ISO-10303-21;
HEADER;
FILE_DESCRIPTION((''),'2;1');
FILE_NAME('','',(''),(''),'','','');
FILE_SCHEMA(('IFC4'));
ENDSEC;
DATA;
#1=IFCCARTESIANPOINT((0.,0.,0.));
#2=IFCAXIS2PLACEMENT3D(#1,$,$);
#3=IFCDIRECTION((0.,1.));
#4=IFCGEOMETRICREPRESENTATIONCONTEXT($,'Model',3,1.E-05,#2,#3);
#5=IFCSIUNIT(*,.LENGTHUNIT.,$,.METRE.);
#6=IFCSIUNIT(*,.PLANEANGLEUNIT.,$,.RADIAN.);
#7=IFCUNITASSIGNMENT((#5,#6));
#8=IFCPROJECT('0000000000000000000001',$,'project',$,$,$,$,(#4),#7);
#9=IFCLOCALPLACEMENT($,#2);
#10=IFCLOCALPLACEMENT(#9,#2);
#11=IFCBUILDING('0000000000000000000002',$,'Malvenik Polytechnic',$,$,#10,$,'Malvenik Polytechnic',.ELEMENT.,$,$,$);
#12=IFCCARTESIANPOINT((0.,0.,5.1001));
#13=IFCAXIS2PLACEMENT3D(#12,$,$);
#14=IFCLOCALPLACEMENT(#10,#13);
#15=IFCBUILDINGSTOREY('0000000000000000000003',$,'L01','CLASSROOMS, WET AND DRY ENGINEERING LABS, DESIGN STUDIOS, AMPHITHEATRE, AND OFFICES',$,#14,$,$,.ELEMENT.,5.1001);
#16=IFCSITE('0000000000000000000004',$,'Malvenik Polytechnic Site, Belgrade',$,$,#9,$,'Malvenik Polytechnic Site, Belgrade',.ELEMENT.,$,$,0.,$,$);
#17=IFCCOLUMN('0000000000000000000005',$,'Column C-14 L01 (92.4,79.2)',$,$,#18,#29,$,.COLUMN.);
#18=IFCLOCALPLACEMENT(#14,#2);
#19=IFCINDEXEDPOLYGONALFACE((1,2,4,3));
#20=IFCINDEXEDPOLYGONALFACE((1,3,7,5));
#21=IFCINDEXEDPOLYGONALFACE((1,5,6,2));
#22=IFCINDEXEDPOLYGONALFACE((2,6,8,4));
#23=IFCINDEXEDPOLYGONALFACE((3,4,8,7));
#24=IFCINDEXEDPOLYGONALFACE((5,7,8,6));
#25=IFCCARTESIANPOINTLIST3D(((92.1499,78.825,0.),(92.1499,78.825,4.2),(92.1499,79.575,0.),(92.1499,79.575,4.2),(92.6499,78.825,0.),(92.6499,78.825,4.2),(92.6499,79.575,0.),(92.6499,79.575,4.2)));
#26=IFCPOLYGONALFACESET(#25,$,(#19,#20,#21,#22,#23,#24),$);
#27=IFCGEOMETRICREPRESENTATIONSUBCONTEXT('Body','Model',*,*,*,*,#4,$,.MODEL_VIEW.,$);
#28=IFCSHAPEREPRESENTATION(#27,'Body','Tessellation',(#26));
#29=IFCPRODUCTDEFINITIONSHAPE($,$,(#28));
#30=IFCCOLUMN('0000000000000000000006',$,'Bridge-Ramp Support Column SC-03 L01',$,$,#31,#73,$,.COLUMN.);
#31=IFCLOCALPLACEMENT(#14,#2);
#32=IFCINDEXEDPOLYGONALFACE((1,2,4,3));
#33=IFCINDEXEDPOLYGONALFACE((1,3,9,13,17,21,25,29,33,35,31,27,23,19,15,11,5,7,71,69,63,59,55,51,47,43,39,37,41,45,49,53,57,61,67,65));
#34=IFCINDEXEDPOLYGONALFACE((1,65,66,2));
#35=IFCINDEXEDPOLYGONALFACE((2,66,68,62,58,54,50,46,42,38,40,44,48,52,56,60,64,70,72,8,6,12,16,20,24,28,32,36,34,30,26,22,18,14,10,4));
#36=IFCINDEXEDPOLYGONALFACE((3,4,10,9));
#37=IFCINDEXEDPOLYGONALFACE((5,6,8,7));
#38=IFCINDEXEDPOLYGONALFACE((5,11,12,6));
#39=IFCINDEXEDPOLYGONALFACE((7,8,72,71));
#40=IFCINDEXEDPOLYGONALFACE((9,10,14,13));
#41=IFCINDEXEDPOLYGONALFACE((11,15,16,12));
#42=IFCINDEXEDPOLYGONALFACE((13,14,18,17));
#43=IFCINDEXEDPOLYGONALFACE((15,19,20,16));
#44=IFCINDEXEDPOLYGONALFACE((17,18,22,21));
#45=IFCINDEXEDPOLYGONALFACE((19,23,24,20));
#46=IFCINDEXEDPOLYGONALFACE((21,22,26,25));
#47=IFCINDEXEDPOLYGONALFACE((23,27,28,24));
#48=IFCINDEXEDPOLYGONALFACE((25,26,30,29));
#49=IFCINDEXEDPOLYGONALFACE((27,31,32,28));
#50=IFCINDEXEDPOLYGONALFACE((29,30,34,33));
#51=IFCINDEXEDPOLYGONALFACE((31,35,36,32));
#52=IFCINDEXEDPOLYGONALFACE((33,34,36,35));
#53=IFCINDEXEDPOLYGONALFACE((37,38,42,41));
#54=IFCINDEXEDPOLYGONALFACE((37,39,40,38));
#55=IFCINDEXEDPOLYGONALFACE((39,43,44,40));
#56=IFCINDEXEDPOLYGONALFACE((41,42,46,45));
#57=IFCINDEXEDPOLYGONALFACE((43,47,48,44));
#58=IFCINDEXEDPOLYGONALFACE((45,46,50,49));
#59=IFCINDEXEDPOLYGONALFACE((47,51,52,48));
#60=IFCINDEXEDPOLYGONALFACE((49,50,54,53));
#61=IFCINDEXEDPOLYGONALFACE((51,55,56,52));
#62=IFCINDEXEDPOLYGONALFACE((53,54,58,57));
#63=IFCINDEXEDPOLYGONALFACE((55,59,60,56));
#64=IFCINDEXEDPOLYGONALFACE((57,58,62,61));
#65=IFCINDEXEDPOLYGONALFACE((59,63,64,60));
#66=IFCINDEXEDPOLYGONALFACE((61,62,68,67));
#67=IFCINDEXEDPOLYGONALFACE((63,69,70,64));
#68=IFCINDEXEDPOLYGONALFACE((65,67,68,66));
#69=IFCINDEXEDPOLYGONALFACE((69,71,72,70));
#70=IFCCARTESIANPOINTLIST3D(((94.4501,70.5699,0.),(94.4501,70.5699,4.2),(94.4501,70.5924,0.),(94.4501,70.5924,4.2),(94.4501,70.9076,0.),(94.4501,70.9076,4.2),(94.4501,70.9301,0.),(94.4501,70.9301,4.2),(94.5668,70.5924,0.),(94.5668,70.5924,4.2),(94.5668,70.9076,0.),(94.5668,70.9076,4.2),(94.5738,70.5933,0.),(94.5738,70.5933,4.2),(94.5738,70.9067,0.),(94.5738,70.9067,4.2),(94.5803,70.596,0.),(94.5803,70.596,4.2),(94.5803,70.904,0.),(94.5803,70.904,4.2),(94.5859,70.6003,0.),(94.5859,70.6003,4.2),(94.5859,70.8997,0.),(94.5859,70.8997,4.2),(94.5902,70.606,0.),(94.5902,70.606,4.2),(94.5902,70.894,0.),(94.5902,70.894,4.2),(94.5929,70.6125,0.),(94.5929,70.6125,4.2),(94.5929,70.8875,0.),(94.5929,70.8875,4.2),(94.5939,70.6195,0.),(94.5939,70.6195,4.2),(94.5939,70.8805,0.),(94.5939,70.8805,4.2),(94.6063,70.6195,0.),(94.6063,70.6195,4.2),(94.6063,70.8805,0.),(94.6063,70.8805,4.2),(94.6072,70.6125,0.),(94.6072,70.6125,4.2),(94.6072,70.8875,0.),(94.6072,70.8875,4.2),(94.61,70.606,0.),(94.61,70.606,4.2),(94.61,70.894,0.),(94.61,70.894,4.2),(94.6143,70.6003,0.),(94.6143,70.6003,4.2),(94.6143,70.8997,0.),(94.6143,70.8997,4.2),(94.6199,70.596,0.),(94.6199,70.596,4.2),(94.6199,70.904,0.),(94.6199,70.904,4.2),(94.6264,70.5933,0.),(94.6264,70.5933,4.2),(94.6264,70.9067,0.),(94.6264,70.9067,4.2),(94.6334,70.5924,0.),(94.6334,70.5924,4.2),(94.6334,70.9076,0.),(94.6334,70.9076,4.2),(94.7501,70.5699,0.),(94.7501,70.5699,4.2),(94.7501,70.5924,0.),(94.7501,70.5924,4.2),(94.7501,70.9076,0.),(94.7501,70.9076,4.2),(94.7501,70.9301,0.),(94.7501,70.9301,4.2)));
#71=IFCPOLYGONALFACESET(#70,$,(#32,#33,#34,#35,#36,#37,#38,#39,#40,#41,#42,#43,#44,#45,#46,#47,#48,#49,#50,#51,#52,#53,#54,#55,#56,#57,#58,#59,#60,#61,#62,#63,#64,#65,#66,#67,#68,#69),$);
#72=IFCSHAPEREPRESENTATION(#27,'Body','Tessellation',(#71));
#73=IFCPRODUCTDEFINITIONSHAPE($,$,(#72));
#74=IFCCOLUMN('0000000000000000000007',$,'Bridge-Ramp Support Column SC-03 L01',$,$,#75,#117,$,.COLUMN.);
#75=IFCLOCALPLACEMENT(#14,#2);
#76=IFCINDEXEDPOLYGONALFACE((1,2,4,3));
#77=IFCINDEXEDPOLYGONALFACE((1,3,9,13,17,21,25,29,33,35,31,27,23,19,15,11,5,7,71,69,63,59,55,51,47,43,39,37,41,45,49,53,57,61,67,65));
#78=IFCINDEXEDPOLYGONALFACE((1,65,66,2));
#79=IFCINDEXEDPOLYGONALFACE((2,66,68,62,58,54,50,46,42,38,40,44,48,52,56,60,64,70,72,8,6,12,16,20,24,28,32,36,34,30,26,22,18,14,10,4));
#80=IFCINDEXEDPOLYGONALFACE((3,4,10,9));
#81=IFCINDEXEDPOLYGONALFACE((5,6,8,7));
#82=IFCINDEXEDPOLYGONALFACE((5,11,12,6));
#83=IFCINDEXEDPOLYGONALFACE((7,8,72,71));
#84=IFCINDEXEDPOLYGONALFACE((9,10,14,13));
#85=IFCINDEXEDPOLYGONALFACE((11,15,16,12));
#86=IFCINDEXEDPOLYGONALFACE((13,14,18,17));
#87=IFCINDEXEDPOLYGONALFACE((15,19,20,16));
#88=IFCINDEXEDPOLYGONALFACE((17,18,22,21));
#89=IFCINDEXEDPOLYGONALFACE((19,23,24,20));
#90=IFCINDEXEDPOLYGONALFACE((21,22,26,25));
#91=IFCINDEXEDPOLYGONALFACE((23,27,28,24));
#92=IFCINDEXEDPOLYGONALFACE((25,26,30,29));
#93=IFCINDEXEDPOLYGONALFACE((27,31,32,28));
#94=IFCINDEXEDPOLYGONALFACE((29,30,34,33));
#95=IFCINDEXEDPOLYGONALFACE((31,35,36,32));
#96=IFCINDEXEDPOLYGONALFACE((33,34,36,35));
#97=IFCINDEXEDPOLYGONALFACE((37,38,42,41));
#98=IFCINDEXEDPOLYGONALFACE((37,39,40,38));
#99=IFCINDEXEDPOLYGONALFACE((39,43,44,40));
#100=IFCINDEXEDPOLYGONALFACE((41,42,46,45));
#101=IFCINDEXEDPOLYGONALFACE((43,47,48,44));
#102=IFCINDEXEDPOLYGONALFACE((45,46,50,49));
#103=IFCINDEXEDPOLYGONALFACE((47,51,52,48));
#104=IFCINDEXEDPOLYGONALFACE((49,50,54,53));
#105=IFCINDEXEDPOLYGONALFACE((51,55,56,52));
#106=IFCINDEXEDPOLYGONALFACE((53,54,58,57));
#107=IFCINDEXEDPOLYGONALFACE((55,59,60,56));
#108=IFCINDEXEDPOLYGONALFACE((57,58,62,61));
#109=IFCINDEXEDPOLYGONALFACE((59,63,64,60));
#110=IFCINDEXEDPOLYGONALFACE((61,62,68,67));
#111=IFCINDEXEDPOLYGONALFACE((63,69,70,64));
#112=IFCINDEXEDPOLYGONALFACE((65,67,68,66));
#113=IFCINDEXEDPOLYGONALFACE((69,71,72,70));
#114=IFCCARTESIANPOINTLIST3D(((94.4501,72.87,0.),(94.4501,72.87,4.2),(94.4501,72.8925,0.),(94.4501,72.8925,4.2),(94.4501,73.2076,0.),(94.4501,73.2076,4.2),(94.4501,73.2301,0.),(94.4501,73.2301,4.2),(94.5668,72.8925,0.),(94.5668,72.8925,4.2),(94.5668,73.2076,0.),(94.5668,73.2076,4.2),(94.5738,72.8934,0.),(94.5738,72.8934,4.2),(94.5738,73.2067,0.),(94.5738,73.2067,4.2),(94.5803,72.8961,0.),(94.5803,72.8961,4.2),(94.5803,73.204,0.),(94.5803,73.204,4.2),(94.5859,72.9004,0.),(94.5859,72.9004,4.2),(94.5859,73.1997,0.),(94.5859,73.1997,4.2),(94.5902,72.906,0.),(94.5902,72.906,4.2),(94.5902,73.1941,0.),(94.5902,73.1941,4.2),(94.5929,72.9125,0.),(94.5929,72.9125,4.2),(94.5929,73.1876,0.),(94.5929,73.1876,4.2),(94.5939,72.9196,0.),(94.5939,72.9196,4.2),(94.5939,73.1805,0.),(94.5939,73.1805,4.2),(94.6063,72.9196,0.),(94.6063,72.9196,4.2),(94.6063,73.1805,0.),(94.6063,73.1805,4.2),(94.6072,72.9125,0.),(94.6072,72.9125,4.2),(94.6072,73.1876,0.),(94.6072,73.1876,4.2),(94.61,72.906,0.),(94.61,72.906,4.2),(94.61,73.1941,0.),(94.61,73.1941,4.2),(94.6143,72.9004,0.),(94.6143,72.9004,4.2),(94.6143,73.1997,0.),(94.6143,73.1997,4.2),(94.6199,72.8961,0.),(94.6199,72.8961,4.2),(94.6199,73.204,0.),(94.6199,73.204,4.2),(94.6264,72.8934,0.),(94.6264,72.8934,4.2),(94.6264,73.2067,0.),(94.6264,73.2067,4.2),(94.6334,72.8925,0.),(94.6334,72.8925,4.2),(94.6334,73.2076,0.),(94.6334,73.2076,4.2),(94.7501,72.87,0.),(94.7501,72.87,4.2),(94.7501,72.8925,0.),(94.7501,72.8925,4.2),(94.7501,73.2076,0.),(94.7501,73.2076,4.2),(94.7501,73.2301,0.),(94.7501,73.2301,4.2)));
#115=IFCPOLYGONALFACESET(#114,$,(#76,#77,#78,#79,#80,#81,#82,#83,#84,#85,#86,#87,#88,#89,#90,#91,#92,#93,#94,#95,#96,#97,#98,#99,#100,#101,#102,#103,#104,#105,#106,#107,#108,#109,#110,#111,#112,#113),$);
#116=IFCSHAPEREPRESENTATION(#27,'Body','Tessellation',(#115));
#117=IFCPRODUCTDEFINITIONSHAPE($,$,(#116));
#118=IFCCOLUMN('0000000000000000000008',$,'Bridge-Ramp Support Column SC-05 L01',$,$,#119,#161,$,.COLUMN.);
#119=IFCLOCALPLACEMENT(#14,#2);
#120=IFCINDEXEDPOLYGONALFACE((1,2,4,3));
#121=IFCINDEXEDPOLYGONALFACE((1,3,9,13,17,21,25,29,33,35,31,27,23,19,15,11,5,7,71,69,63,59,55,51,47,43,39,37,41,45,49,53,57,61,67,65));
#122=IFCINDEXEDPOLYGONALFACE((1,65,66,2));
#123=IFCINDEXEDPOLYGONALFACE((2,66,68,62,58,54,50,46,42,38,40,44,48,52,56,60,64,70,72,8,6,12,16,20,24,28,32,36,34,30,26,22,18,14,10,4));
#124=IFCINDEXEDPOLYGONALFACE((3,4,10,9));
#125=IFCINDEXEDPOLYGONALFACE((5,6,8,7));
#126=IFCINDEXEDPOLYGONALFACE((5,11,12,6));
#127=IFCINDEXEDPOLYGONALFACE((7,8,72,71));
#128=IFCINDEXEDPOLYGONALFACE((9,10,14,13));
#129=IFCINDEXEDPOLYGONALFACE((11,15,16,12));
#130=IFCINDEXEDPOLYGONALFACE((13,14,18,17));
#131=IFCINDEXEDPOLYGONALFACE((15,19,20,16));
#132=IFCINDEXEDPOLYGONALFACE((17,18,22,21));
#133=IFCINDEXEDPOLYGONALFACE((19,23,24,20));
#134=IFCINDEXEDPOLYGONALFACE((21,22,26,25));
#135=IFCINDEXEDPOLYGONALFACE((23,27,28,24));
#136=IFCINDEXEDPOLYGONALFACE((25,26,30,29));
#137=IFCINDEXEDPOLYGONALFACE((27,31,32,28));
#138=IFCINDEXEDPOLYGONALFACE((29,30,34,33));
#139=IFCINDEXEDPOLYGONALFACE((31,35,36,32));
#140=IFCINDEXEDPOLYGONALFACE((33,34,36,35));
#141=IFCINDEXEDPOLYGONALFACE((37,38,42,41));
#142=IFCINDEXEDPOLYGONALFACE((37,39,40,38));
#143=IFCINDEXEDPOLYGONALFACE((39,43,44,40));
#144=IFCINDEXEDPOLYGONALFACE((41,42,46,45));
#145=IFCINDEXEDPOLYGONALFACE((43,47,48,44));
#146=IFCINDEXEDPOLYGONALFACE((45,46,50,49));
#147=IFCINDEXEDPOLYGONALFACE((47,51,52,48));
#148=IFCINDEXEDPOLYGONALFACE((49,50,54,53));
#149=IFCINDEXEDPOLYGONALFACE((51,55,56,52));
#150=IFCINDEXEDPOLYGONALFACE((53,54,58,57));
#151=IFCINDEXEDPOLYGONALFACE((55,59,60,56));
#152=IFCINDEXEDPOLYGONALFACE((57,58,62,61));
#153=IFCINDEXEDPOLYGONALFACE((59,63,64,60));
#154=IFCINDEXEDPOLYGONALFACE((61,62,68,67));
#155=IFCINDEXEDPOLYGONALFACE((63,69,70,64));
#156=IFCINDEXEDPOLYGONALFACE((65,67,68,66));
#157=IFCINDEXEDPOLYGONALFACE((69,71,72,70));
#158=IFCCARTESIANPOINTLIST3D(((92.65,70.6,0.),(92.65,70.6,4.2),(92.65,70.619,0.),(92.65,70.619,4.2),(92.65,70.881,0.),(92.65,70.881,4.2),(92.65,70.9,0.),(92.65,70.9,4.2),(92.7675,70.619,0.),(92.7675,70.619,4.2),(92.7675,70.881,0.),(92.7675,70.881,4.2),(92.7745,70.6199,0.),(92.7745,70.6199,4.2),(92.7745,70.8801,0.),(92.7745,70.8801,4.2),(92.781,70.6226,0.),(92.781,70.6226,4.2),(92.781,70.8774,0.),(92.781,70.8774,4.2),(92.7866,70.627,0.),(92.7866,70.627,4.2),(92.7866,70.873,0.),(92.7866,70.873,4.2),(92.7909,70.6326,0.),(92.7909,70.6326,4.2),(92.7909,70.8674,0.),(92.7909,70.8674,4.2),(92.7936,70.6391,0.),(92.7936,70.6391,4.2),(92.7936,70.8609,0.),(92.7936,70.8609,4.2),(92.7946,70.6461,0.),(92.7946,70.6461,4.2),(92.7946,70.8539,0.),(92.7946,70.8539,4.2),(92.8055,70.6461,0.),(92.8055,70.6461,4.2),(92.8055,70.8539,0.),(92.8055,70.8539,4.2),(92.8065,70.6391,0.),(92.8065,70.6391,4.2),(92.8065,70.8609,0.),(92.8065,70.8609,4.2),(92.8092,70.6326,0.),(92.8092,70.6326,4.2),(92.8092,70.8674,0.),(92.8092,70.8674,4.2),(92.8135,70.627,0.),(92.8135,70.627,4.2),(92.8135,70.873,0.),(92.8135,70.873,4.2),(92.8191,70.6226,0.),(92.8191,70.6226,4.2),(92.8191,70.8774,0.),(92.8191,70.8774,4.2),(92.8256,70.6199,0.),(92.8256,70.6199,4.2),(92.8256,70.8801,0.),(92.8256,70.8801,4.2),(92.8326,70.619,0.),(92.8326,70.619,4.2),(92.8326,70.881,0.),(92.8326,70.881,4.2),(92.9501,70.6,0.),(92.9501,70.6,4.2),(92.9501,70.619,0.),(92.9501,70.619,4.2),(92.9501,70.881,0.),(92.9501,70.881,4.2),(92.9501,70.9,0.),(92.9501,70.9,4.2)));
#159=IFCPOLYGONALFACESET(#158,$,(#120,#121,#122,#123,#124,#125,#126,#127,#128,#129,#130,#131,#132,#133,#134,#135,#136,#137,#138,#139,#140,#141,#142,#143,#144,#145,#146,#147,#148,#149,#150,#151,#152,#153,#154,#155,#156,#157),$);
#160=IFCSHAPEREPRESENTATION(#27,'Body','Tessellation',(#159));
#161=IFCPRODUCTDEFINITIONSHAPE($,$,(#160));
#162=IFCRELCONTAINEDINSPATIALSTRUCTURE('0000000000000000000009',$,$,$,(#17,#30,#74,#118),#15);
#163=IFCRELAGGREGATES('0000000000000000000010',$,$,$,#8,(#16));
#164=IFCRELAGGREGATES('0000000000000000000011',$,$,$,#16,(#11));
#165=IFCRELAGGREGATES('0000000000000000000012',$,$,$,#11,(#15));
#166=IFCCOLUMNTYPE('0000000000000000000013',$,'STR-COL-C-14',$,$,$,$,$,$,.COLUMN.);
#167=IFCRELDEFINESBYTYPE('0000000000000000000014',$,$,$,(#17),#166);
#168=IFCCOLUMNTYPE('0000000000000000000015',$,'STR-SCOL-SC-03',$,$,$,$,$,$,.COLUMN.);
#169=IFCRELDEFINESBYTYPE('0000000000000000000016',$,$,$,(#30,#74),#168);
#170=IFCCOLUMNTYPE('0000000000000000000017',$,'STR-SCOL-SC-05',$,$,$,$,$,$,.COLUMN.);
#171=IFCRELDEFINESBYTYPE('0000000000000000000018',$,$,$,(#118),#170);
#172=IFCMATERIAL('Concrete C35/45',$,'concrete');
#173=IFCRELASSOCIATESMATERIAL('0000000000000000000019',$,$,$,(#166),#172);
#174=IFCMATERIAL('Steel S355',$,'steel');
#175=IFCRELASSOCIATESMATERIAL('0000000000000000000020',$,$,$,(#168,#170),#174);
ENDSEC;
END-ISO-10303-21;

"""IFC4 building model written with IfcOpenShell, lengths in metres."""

from ifc_helpers import new_model, si_unit, direction, frame, origin, origin_2d, place, context, subcontext, project, spatial, rectangle, i_section, extrude, material, material_profile, profile_set, type_object, element, save


model = new_model("IFC4")

# Units and contexts
model_context = context("Model", 3, precision=1e-05, world=origin(), true_north=direction((0.0, 1.0)))
body_context = subcontext(model_context, "Body", "Model", "MODEL_VIEW")
ifc_project = project(units=[si_unit("LENGTHUNIT", "METRE"), si_unit("PLANEANGLEUNIT", "RADIAN")], contexts=[model_context])

# Site, building, storey
site_placement = place(None, origin())
site = spatial("IfcSite", under=ifc_project, at=site_placement, Name="Malvenik Polytechnic Site, Belgrade", LongName="Malvenik Polytechnic Site, Belgrade", CompositionType="ELEMENT", RefElevation=0.0)
building_placement = place(site_placement, origin())
building = spatial("IfcBuilding", under=site, at=building_placement, Name="Malvenik Polytechnic", LongName="Malvenik Polytechnic", CompositionType="ELEMENT")
storey_placement = place(building_placement, frame((0.0, 0.0, 5.1001)))
storey = spatial("IfcBuildingStorey", under=building, at=storey_placement, Name="L01", Description="CLASSROOMS, WET AND DRY ENGINEERING LABS, DESIGN STUDIOS, AMPHITHEATRE, AND OFFICES", CompositionType="ELEMENT", Elevation=5.1001)

# Columns
ifc_material_1 = material(Name="Concrete C35/45", Category="concrete")
ifc_material_profile_1 = material_profile(ifc_material_1, rectangle(XDim=0.5, YDim=0.75, at=origin_2d()), Name="RC COL 750x500")
ifc_profile_set_1 = profile_set([ifc_material_profile_1], Name="Concrete C35/45")
column_type_1 = type_object("IfcColumnType", Name="STR-COL-C-14", PredefinedType="COLUMN", material=ifc_profile_set_1)
column_placement = place(storey_placement, frame((92.3999, 79.2, 0.0), z_axis=(0.0, 0.0, 1.0), x_axis=(1.0, 0.0, 0.0)))
element("IfcColumn", 1, at=column_placement, inside=storey, type_object=column_type_1, Name="Column C-14 L01 (92.4,79.2)", PredefinedType="COLUMN", context=body_context, shape_type="SweptSolid", body=[
    extrude(rectangle(XDim=0.5, YDim=0.75, at=origin_2d()), origin(), (0.0, 0.0, 1.0), 4.2),
])
ifc_material_2 = material(Name="Steel S355", Category="steel")
ifc_material_profile_2 = material_profile(ifc_material_2, i_section(OverallWidth=0.3, OverallDepth=0.3601, WebThickness=0.0125, FlangeThickness=0.0225, FilletRadius=0.0271, at=origin_2d()), Name="HEB 360")
ifc_profile_set_2 = profile_set([ifc_material_profile_2], Name="Steel S355")
column_type_2 = type_object("IfcColumnType", Name="STR-SCOL-SC-03", PredefinedType="COLUMN", material=ifc_profile_set_2)
for number, where, z_axis, x_axis, name in (
    (2, (94.6001, 70.75, 0.0), (0.0, 0.0, 1.0), (1.0, 0.0, 0.0), "Bridge-Ramp Support Column SC-03 L01"),
    (3, (94.6001, 73.05, 0.0), (0.0, 0.0, 1.0), (1.0, 0.0, 0.0), "Bridge-Ramp Support Column SC-03 L01"),
):
    element("IfcColumn", number, at=place(storey_placement, frame(where, z_axis=z_axis, x_axis=x_axis)), inside=storey, type_object=column_type_2, Name=name, PredefinedType="COLUMN", context=body_context, shape_type="SweptSolid", body=[
        extrude(i_section(OverallWidth=0.3, OverallDepth=0.3601, WebThickness=0.0125, FlangeThickness=0.0225, FilletRadius=0.0271, at=origin_2d()), origin(), (0.0, 0.0, 1.0), 4.2),
    ])
ifc_material_profile_3 = material_profile(ifc_material_2, i_section(OverallWidth=0.3, OverallDepth=0.3, WebThickness=0.011, FlangeThickness=0.019, FilletRadius=0.0271, at=origin_2d()), Name="HEB 300")
ifc_profile_set_3 = profile_set([ifc_material_profile_3], Name="Steel S355")
column_type_3 = type_object("IfcColumnType", Name="STR-SCOL-SC-05", PredefinedType="COLUMN", material=ifc_profile_set_3)
for number, where, z_axis, x_axis, name in (
    (4, (92.8, 70.75, 0.0), (0.0, 0.0, 1.0), (1.0, 0.0, 0.0), "Bridge-Ramp Support Column SC-05 L01"),
):
    element("IfcColumn", number, at=place(storey_placement, frame(where, z_axis=z_axis, x_axis=x_axis)), inside=storey, type_object=column_type_3, Name=name, PredefinedType="COLUMN", context=body_context, shape_type="SweptSolid", body=[
        extrude(i_section(OverallWidth=0.3, OverallDepth=0.3, WebThickness=0.011, FlangeThickness=0.019, FilletRadius=0.0271, at=origin_2d()), origin(), (0.0, 0.0, 1.0), 4.2),
    ])

save(model, "model.ifc")
